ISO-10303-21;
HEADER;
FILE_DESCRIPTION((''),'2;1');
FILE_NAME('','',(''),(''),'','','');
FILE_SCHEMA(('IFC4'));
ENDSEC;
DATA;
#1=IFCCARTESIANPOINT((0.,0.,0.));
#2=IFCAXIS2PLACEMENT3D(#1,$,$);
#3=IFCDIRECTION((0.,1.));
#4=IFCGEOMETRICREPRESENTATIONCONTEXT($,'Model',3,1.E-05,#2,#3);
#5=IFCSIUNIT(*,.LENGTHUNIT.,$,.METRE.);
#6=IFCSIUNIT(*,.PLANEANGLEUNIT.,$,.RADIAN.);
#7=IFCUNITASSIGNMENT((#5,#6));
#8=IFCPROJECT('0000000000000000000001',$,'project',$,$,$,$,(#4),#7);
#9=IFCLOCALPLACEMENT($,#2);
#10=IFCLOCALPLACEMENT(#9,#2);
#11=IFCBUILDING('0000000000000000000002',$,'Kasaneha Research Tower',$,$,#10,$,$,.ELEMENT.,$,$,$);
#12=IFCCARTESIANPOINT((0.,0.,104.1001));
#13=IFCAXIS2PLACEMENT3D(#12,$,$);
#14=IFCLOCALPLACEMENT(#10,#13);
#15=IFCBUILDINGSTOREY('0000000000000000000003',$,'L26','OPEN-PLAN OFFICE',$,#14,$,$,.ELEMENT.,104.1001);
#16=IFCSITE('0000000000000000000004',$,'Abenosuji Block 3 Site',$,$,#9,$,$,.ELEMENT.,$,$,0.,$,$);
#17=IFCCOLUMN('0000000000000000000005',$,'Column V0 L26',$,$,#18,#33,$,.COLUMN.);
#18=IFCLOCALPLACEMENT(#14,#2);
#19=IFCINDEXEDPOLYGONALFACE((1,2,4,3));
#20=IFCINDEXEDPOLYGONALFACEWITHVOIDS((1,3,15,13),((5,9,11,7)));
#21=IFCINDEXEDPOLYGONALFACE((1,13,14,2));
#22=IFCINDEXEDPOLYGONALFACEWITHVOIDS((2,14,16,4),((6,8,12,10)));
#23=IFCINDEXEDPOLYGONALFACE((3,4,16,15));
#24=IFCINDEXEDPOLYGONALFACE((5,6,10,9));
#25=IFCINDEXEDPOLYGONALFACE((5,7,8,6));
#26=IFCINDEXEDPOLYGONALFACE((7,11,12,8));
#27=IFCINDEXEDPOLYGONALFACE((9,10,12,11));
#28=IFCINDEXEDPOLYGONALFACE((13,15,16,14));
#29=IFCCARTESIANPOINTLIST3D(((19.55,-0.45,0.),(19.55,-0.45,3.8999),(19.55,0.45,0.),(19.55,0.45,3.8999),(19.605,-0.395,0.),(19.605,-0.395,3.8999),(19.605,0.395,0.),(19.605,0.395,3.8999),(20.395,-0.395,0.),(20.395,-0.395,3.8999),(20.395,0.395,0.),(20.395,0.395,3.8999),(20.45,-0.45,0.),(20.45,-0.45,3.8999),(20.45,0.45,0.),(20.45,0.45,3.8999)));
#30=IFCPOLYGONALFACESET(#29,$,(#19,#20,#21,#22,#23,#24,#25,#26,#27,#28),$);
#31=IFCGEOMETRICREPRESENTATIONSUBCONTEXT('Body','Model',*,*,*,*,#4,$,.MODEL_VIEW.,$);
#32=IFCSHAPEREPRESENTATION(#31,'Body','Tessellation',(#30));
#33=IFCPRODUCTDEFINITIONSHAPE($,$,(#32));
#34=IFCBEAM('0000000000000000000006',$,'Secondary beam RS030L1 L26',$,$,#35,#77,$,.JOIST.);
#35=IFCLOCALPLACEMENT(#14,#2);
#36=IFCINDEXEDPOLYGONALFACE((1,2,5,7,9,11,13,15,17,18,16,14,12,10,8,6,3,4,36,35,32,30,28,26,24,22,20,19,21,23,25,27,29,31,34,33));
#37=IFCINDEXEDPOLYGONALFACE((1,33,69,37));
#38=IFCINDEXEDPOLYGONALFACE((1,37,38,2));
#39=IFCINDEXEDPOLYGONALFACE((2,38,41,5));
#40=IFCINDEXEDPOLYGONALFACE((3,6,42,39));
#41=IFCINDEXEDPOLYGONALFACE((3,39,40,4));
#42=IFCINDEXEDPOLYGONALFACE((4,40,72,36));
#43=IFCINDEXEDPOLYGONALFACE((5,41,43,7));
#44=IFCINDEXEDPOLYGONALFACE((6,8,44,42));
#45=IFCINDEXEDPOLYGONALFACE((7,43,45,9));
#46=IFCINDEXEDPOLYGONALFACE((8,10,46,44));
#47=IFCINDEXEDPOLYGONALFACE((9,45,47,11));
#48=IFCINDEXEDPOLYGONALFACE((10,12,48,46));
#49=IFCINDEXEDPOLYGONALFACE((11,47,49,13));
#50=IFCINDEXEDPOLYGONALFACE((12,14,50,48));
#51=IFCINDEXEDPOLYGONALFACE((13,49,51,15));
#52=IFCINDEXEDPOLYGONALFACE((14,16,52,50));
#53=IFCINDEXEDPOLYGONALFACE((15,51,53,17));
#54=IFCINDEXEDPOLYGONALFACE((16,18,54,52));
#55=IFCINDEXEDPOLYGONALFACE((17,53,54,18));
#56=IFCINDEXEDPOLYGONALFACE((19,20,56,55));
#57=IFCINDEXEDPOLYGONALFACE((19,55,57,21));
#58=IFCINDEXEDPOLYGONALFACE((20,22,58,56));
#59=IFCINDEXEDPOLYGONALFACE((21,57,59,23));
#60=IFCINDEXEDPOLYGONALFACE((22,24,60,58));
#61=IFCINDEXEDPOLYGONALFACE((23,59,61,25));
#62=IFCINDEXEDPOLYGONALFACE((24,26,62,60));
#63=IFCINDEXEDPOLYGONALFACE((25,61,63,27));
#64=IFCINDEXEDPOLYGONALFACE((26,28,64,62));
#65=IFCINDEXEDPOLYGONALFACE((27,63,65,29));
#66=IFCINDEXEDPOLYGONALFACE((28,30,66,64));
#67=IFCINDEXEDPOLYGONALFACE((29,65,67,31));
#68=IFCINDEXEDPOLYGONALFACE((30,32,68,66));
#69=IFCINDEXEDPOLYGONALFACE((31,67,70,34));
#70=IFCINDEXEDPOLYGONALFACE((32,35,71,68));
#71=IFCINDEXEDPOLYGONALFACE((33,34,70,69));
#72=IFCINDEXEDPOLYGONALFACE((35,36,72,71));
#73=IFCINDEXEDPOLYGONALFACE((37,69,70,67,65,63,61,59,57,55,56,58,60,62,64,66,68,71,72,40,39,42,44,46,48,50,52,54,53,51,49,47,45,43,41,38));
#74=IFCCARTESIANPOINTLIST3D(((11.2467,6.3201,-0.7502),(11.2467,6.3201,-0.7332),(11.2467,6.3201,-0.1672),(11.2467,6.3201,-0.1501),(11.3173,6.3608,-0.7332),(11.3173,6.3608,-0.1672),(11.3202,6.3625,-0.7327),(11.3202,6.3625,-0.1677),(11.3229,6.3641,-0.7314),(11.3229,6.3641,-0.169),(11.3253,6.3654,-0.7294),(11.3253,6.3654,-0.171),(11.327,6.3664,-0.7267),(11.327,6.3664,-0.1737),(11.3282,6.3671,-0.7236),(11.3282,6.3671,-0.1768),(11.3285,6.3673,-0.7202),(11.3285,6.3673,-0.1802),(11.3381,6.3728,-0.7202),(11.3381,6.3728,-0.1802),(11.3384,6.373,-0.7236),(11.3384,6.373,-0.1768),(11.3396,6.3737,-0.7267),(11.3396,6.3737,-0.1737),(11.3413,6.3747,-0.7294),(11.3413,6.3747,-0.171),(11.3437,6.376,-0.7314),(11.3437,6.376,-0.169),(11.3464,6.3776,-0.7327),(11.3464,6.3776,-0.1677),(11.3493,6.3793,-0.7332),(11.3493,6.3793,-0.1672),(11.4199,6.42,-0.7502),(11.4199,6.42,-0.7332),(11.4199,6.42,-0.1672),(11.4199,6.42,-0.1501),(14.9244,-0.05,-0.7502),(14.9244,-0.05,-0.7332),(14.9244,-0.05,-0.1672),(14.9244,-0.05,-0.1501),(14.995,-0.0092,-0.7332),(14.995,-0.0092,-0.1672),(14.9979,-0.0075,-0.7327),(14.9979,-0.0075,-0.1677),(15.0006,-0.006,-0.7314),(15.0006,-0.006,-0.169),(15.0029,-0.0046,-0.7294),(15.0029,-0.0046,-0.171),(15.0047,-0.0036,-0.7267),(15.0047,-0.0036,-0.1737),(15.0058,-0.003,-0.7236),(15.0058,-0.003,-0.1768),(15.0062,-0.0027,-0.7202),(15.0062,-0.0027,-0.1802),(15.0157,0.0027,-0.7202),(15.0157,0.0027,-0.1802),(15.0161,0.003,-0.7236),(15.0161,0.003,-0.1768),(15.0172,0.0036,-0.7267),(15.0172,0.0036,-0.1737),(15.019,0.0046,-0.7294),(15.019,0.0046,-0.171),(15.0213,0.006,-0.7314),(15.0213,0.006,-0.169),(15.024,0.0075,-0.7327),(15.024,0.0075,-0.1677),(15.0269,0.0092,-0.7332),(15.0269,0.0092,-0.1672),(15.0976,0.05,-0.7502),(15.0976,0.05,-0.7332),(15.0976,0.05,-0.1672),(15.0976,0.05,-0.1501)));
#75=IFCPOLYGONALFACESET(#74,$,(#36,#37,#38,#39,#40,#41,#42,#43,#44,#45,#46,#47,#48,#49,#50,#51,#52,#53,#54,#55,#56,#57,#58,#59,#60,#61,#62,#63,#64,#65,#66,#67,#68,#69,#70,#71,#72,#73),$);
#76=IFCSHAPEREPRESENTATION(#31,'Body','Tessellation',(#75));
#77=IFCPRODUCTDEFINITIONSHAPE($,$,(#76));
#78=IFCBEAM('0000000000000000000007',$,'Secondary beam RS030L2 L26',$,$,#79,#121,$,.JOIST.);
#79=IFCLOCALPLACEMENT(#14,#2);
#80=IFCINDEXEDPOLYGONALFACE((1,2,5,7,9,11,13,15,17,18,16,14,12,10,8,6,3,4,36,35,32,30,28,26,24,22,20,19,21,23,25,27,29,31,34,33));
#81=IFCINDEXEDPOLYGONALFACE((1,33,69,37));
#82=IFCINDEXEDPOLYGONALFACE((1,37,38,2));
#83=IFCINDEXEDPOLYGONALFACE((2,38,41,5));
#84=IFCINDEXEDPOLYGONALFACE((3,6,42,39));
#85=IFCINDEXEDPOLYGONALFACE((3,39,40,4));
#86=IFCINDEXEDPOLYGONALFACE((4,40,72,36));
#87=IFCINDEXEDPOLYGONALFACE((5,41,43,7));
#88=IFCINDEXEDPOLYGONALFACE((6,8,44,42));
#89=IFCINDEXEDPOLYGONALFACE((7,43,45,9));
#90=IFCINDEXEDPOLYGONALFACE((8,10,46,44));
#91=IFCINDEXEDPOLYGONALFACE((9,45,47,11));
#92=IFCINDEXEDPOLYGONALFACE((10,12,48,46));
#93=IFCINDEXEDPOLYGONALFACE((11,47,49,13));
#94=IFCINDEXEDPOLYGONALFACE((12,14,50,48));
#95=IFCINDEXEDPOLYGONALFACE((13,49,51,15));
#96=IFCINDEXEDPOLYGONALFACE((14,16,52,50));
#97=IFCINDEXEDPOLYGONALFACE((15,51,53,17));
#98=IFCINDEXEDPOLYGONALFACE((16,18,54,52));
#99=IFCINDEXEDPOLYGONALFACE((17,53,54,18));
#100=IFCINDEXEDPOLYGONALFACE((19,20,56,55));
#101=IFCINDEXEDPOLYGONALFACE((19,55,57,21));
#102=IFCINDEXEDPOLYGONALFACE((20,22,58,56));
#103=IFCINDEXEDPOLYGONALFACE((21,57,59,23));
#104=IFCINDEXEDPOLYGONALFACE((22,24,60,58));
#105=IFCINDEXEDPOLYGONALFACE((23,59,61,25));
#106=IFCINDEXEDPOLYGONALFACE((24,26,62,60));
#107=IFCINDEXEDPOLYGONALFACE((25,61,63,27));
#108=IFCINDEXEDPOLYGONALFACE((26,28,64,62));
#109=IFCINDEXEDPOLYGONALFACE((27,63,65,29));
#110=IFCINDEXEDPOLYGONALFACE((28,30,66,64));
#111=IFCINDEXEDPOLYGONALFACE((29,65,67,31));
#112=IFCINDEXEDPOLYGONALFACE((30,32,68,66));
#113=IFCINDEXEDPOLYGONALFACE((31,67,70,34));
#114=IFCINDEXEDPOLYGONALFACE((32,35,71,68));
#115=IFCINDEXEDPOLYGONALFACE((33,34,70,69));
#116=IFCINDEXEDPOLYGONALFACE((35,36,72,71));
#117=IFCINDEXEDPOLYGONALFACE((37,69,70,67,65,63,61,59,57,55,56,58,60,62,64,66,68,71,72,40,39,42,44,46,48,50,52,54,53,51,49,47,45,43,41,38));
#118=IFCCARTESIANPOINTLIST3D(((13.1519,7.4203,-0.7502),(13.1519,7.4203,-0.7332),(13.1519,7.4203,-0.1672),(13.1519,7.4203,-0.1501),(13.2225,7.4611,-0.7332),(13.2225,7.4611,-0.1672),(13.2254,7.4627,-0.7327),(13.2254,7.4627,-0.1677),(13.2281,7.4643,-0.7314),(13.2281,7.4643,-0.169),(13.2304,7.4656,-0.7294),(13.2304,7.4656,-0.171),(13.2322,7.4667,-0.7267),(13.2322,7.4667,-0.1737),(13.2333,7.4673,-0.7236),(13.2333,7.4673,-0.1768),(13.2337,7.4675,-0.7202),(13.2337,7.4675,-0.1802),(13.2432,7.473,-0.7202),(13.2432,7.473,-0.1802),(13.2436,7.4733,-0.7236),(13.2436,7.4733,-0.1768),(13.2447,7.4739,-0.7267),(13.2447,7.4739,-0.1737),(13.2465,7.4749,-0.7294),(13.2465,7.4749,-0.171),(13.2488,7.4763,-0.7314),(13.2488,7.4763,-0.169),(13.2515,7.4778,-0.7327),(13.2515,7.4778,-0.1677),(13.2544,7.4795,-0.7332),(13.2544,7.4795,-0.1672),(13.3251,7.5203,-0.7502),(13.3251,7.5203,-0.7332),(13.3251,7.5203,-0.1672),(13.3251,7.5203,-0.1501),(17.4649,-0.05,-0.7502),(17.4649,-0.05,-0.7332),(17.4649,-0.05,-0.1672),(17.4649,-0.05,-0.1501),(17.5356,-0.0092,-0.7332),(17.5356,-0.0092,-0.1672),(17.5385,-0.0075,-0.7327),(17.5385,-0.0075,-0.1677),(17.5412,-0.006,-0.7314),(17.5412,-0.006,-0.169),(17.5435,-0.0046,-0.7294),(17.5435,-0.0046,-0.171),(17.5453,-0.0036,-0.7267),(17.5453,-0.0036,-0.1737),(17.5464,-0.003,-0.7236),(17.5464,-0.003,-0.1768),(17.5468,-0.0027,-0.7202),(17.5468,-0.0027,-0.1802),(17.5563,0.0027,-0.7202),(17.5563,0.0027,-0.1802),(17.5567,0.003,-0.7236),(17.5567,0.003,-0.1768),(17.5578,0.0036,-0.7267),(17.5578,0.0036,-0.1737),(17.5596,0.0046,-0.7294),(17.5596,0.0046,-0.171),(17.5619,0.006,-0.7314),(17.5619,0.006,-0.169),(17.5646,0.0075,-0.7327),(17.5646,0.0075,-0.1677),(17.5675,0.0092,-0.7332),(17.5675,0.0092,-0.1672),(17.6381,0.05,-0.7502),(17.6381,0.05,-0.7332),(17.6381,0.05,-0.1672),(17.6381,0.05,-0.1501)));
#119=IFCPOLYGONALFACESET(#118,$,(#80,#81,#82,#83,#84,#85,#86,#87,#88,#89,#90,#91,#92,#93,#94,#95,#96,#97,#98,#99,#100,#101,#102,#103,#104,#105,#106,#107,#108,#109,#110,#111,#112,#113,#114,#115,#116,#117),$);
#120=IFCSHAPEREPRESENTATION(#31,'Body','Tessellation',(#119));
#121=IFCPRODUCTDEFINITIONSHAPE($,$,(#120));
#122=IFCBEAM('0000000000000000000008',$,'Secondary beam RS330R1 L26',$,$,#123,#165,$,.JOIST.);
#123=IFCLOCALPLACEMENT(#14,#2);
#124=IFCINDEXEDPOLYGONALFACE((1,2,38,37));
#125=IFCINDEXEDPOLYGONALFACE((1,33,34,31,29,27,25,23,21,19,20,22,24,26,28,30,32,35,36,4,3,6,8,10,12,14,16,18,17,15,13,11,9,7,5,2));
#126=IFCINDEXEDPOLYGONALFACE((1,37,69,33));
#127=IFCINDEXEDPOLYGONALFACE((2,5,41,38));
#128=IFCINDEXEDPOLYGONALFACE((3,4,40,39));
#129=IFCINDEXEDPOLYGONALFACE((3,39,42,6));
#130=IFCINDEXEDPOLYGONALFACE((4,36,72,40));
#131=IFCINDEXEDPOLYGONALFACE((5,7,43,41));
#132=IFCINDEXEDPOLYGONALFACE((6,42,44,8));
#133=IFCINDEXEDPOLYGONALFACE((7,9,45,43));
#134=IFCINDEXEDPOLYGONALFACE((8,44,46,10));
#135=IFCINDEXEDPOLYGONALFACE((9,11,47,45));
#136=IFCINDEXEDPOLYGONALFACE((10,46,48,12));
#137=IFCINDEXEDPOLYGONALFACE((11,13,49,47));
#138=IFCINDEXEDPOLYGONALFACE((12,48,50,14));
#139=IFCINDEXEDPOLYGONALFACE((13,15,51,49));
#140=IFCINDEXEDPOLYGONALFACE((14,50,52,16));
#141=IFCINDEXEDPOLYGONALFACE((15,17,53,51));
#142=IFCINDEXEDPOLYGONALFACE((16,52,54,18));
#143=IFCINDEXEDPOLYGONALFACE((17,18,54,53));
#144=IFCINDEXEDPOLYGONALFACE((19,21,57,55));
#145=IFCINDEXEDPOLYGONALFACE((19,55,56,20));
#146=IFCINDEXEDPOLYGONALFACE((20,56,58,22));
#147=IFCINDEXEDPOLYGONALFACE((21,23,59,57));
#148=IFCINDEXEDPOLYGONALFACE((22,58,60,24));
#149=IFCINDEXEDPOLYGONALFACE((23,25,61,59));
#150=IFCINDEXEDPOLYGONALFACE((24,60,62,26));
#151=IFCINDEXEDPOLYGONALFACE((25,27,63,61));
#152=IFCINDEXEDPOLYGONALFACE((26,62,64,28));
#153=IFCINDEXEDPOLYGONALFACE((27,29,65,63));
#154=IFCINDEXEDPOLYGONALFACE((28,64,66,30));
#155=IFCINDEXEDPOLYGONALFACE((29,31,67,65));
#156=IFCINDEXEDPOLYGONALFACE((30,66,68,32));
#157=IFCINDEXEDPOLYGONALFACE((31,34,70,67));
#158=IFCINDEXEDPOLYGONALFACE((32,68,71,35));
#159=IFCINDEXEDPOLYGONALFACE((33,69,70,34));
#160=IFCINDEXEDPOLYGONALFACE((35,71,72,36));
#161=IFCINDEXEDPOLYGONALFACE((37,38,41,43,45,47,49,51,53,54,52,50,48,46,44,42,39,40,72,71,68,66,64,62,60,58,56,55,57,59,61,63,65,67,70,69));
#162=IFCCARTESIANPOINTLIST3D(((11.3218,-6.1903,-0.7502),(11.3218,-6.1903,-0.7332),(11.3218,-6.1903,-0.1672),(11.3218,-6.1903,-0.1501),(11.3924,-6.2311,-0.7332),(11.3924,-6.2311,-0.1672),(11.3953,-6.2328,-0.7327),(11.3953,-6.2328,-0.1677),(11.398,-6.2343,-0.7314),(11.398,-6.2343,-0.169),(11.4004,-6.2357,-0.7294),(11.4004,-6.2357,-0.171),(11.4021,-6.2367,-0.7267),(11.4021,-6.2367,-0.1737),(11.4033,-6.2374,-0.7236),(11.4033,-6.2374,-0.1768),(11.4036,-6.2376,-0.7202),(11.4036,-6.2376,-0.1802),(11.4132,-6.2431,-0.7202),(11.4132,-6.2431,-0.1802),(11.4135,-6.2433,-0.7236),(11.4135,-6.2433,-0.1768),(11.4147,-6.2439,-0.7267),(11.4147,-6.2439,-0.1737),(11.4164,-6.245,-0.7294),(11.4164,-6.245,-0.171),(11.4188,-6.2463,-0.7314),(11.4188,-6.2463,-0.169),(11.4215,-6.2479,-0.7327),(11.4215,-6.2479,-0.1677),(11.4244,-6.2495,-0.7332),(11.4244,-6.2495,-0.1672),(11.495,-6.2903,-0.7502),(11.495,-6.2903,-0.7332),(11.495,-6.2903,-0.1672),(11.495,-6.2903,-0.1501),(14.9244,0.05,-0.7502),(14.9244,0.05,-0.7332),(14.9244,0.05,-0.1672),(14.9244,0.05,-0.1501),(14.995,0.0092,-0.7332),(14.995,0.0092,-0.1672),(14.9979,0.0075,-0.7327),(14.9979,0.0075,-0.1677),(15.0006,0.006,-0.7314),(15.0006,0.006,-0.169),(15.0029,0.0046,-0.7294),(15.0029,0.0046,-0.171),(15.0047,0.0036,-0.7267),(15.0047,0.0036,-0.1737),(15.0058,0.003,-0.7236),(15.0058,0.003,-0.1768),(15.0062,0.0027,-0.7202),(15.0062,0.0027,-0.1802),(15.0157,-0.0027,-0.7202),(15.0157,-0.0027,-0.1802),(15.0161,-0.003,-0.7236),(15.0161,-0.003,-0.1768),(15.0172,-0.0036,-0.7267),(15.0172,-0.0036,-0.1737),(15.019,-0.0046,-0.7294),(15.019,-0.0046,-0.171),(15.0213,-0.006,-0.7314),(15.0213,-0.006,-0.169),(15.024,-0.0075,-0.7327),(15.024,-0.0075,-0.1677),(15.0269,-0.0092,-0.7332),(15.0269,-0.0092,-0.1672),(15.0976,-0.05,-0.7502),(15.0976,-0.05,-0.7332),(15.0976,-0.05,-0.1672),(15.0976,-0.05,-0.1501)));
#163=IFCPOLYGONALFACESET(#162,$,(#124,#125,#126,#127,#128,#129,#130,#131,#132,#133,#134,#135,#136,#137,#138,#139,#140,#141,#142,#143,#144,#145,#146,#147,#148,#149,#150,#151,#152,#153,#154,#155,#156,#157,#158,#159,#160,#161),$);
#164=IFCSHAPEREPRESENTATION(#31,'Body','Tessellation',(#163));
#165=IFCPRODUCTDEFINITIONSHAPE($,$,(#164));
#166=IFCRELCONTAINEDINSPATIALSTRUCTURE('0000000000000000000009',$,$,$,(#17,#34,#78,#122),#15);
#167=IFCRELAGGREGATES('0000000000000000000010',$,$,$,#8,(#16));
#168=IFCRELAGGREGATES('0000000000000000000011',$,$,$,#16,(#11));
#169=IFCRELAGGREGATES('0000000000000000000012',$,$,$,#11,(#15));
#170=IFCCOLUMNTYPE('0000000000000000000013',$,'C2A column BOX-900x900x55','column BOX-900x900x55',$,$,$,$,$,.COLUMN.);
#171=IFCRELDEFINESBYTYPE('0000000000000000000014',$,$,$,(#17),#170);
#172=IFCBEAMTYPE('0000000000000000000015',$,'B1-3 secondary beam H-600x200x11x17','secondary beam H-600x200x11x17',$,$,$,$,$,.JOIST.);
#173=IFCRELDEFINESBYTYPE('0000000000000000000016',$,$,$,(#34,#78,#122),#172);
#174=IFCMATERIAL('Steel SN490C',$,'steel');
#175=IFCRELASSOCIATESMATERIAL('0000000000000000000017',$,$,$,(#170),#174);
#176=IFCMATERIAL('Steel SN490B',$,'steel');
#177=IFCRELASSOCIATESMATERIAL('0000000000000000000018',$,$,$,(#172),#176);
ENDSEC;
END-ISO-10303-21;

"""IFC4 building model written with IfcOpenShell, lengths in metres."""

from ifc_helpers import new_model, si_unit, direction, frame, origin, origin_2d, place, context, subcontext, project, spatial, hollow_rectangle, i_section, extrude, material, material_profile, profile_set, type_object, element, save


model = new_model("IFC4")

# Units and contexts
model_context = context("Model", 3, precision=1e-05, world=origin(), true_north=direction((0.0, 1.0)))
body_context = subcontext(model_context, "Body", "Model", "MODEL_VIEW")
ifc_project = project(units=[si_unit("LENGTHUNIT", "METRE"), si_unit("PLANEANGLEUNIT", "RADIAN")], contexts=[model_context])

# Site, building, storey
site_placement = place(None, origin())
site = spatial("IfcSite", under=ifc_project, at=site_placement, Name="Abenosuji Block 3 Site", CompositionType="ELEMENT", RefElevation=0.0)
building_placement = place(site_placement, origin())
building = spatial("IfcBuilding", under=site, at=building_placement, Name="Kasaneha Research Tower", CompositionType="ELEMENT")
storey_placement = place(building_placement, frame((0.0, 0.0, 104.1001)))
storey = spatial("IfcBuildingStorey", under=building, at=storey_placement, Name="L26", Description="OPEN-PLAN OFFICE", CompositionType="ELEMENT", Elevation=104.1001)

# Column
ifc_material_1 = material(Name="Steel SN490C", Category="steel")
ifc_material_profile_1 = material_profile(ifc_material_1, hollow_rectangle(XDim=0.8999, YDim=0.8999, WallThickness=0.0549, at=origin_2d()), Name="BOX-900x900x55")
ifc_profile_set_1 = profile_set([ifc_material_profile_1], Name="Steel SN490C")
column_type = type_object("IfcColumnType", Name="C2A column BOX-900x900x55", Description="column BOX-900x900x55", PredefinedType="COLUMN", material=ifc_profile_set_1)
column_placement = place(storey_placement, frame((20.0, 0.0, 0.0), z_axis=(0.0, 0.0, 1.0), x_axis=(1.0, 0.0, 0.0)))
element("IfcColumn", 1, at=column_placement, inside=storey, type_object=column_type, Name="Column V0 L26", PredefinedType="COLUMN", context=body_context, shape_type="SweptSolid", body=[
    extrude(hollow_rectangle(XDim=0.8999, YDim=0.8999, WallThickness=0.0549, at=origin_2d()), origin(), (0.0, 0.0, 1.0), 3.8999),
])

# Beams
ifc_material_2 = material(Name="Steel SN490B", Category="steel")
ifc_material_profile_2 = material_profile(ifc_material_2, i_section(OverallWidth=0.2, OverallDepth=0.6001, WebThickness=0.011, FlangeThickness=0.0171, FilletRadius=0.0129, at=origin_2d()), Name="H-600x200x11x17")
ifc_profile_set_2 = profile_set([ifc_material_profile_2], Name="Steel SN490B")
beam_type_1 = type_object("IfcBeamType", Name="B1-3 secondary beam H-600x200x11x17", Description="secondary beam H-600x200x11x17", PredefinedType="JOIST", material=ifc_profile_set_2)
beam_1_placement = place(storey_placement, frame((15.011, 0.0, -0.4502), z_axis=(-0.499994, 0.866029, 0.0), x_axis=(-0.866029, -0.499994, 0.0)))
element("IfcBeam", 2, at=beam_1_placement, inside=storey, type_object=beam_type_1, Name="Secondary beam RS030L1 L26", PredefinedType="JOIST", context=body_context, shape_type="SweptSolid", body=[
    extrude(i_section(OverallWidth=0.2, OverallDepth=0.6001, WebThickness=0.011, FlangeThickness=0.0171, FilletRadius=0.0129, at=origin_2d()), origin(), (0.0, 0.0, 1.0), 7.3555),
])
beam_2_placement = place(storey_placement, frame((17.5515, 0.0, -0.4502), z_axis=(-0.500005, 0.866023, 0.0), x_axis=(-0.866023, -0.500005, 0.0)))
element("IfcBeam", 3, at=beam_2_placement, inside=storey, type_object=beam_type_1, Name="Secondary beam RS030L2 L26", PredefinedType="JOIST", context=body_context, shape_type="SweptSolid", body=[
    extrude(i_section(OverallWidth=0.2, OverallDepth=0.6001, WebThickness=0.011, FlangeThickness=0.0171, FilletRadius=0.0129, at=origin_2d()), origin(), (0.0, 0.0, 1.0), 8.626),
])
beam_3_placement = place(storey_placement, frame((15.011, 0.0, -0.4502), z_axis=(-0.499973, -0.866041, 0.0), x_axis=(0.866041, -0.499973, 0.0)))
element("IfcBeam", 4, at=beam_3_placement, inside=storey, type_object=beam_type_1, Name="Secondary beam RS330R1 L26", PredefinedType="JOIST", context=body_context, shape_type="SweptSolid", body=[
    extrude(i_section(OverallWidth=0.2, OverallDepth=0.6001, WebThickness=0.011, FlangeThickness=0.0171, FilletRadius=0.0129, at=origin_2d()), origin(), (0.0, 0.0, 1.0), 7.2056),
])

save(model, "model.ifc")
